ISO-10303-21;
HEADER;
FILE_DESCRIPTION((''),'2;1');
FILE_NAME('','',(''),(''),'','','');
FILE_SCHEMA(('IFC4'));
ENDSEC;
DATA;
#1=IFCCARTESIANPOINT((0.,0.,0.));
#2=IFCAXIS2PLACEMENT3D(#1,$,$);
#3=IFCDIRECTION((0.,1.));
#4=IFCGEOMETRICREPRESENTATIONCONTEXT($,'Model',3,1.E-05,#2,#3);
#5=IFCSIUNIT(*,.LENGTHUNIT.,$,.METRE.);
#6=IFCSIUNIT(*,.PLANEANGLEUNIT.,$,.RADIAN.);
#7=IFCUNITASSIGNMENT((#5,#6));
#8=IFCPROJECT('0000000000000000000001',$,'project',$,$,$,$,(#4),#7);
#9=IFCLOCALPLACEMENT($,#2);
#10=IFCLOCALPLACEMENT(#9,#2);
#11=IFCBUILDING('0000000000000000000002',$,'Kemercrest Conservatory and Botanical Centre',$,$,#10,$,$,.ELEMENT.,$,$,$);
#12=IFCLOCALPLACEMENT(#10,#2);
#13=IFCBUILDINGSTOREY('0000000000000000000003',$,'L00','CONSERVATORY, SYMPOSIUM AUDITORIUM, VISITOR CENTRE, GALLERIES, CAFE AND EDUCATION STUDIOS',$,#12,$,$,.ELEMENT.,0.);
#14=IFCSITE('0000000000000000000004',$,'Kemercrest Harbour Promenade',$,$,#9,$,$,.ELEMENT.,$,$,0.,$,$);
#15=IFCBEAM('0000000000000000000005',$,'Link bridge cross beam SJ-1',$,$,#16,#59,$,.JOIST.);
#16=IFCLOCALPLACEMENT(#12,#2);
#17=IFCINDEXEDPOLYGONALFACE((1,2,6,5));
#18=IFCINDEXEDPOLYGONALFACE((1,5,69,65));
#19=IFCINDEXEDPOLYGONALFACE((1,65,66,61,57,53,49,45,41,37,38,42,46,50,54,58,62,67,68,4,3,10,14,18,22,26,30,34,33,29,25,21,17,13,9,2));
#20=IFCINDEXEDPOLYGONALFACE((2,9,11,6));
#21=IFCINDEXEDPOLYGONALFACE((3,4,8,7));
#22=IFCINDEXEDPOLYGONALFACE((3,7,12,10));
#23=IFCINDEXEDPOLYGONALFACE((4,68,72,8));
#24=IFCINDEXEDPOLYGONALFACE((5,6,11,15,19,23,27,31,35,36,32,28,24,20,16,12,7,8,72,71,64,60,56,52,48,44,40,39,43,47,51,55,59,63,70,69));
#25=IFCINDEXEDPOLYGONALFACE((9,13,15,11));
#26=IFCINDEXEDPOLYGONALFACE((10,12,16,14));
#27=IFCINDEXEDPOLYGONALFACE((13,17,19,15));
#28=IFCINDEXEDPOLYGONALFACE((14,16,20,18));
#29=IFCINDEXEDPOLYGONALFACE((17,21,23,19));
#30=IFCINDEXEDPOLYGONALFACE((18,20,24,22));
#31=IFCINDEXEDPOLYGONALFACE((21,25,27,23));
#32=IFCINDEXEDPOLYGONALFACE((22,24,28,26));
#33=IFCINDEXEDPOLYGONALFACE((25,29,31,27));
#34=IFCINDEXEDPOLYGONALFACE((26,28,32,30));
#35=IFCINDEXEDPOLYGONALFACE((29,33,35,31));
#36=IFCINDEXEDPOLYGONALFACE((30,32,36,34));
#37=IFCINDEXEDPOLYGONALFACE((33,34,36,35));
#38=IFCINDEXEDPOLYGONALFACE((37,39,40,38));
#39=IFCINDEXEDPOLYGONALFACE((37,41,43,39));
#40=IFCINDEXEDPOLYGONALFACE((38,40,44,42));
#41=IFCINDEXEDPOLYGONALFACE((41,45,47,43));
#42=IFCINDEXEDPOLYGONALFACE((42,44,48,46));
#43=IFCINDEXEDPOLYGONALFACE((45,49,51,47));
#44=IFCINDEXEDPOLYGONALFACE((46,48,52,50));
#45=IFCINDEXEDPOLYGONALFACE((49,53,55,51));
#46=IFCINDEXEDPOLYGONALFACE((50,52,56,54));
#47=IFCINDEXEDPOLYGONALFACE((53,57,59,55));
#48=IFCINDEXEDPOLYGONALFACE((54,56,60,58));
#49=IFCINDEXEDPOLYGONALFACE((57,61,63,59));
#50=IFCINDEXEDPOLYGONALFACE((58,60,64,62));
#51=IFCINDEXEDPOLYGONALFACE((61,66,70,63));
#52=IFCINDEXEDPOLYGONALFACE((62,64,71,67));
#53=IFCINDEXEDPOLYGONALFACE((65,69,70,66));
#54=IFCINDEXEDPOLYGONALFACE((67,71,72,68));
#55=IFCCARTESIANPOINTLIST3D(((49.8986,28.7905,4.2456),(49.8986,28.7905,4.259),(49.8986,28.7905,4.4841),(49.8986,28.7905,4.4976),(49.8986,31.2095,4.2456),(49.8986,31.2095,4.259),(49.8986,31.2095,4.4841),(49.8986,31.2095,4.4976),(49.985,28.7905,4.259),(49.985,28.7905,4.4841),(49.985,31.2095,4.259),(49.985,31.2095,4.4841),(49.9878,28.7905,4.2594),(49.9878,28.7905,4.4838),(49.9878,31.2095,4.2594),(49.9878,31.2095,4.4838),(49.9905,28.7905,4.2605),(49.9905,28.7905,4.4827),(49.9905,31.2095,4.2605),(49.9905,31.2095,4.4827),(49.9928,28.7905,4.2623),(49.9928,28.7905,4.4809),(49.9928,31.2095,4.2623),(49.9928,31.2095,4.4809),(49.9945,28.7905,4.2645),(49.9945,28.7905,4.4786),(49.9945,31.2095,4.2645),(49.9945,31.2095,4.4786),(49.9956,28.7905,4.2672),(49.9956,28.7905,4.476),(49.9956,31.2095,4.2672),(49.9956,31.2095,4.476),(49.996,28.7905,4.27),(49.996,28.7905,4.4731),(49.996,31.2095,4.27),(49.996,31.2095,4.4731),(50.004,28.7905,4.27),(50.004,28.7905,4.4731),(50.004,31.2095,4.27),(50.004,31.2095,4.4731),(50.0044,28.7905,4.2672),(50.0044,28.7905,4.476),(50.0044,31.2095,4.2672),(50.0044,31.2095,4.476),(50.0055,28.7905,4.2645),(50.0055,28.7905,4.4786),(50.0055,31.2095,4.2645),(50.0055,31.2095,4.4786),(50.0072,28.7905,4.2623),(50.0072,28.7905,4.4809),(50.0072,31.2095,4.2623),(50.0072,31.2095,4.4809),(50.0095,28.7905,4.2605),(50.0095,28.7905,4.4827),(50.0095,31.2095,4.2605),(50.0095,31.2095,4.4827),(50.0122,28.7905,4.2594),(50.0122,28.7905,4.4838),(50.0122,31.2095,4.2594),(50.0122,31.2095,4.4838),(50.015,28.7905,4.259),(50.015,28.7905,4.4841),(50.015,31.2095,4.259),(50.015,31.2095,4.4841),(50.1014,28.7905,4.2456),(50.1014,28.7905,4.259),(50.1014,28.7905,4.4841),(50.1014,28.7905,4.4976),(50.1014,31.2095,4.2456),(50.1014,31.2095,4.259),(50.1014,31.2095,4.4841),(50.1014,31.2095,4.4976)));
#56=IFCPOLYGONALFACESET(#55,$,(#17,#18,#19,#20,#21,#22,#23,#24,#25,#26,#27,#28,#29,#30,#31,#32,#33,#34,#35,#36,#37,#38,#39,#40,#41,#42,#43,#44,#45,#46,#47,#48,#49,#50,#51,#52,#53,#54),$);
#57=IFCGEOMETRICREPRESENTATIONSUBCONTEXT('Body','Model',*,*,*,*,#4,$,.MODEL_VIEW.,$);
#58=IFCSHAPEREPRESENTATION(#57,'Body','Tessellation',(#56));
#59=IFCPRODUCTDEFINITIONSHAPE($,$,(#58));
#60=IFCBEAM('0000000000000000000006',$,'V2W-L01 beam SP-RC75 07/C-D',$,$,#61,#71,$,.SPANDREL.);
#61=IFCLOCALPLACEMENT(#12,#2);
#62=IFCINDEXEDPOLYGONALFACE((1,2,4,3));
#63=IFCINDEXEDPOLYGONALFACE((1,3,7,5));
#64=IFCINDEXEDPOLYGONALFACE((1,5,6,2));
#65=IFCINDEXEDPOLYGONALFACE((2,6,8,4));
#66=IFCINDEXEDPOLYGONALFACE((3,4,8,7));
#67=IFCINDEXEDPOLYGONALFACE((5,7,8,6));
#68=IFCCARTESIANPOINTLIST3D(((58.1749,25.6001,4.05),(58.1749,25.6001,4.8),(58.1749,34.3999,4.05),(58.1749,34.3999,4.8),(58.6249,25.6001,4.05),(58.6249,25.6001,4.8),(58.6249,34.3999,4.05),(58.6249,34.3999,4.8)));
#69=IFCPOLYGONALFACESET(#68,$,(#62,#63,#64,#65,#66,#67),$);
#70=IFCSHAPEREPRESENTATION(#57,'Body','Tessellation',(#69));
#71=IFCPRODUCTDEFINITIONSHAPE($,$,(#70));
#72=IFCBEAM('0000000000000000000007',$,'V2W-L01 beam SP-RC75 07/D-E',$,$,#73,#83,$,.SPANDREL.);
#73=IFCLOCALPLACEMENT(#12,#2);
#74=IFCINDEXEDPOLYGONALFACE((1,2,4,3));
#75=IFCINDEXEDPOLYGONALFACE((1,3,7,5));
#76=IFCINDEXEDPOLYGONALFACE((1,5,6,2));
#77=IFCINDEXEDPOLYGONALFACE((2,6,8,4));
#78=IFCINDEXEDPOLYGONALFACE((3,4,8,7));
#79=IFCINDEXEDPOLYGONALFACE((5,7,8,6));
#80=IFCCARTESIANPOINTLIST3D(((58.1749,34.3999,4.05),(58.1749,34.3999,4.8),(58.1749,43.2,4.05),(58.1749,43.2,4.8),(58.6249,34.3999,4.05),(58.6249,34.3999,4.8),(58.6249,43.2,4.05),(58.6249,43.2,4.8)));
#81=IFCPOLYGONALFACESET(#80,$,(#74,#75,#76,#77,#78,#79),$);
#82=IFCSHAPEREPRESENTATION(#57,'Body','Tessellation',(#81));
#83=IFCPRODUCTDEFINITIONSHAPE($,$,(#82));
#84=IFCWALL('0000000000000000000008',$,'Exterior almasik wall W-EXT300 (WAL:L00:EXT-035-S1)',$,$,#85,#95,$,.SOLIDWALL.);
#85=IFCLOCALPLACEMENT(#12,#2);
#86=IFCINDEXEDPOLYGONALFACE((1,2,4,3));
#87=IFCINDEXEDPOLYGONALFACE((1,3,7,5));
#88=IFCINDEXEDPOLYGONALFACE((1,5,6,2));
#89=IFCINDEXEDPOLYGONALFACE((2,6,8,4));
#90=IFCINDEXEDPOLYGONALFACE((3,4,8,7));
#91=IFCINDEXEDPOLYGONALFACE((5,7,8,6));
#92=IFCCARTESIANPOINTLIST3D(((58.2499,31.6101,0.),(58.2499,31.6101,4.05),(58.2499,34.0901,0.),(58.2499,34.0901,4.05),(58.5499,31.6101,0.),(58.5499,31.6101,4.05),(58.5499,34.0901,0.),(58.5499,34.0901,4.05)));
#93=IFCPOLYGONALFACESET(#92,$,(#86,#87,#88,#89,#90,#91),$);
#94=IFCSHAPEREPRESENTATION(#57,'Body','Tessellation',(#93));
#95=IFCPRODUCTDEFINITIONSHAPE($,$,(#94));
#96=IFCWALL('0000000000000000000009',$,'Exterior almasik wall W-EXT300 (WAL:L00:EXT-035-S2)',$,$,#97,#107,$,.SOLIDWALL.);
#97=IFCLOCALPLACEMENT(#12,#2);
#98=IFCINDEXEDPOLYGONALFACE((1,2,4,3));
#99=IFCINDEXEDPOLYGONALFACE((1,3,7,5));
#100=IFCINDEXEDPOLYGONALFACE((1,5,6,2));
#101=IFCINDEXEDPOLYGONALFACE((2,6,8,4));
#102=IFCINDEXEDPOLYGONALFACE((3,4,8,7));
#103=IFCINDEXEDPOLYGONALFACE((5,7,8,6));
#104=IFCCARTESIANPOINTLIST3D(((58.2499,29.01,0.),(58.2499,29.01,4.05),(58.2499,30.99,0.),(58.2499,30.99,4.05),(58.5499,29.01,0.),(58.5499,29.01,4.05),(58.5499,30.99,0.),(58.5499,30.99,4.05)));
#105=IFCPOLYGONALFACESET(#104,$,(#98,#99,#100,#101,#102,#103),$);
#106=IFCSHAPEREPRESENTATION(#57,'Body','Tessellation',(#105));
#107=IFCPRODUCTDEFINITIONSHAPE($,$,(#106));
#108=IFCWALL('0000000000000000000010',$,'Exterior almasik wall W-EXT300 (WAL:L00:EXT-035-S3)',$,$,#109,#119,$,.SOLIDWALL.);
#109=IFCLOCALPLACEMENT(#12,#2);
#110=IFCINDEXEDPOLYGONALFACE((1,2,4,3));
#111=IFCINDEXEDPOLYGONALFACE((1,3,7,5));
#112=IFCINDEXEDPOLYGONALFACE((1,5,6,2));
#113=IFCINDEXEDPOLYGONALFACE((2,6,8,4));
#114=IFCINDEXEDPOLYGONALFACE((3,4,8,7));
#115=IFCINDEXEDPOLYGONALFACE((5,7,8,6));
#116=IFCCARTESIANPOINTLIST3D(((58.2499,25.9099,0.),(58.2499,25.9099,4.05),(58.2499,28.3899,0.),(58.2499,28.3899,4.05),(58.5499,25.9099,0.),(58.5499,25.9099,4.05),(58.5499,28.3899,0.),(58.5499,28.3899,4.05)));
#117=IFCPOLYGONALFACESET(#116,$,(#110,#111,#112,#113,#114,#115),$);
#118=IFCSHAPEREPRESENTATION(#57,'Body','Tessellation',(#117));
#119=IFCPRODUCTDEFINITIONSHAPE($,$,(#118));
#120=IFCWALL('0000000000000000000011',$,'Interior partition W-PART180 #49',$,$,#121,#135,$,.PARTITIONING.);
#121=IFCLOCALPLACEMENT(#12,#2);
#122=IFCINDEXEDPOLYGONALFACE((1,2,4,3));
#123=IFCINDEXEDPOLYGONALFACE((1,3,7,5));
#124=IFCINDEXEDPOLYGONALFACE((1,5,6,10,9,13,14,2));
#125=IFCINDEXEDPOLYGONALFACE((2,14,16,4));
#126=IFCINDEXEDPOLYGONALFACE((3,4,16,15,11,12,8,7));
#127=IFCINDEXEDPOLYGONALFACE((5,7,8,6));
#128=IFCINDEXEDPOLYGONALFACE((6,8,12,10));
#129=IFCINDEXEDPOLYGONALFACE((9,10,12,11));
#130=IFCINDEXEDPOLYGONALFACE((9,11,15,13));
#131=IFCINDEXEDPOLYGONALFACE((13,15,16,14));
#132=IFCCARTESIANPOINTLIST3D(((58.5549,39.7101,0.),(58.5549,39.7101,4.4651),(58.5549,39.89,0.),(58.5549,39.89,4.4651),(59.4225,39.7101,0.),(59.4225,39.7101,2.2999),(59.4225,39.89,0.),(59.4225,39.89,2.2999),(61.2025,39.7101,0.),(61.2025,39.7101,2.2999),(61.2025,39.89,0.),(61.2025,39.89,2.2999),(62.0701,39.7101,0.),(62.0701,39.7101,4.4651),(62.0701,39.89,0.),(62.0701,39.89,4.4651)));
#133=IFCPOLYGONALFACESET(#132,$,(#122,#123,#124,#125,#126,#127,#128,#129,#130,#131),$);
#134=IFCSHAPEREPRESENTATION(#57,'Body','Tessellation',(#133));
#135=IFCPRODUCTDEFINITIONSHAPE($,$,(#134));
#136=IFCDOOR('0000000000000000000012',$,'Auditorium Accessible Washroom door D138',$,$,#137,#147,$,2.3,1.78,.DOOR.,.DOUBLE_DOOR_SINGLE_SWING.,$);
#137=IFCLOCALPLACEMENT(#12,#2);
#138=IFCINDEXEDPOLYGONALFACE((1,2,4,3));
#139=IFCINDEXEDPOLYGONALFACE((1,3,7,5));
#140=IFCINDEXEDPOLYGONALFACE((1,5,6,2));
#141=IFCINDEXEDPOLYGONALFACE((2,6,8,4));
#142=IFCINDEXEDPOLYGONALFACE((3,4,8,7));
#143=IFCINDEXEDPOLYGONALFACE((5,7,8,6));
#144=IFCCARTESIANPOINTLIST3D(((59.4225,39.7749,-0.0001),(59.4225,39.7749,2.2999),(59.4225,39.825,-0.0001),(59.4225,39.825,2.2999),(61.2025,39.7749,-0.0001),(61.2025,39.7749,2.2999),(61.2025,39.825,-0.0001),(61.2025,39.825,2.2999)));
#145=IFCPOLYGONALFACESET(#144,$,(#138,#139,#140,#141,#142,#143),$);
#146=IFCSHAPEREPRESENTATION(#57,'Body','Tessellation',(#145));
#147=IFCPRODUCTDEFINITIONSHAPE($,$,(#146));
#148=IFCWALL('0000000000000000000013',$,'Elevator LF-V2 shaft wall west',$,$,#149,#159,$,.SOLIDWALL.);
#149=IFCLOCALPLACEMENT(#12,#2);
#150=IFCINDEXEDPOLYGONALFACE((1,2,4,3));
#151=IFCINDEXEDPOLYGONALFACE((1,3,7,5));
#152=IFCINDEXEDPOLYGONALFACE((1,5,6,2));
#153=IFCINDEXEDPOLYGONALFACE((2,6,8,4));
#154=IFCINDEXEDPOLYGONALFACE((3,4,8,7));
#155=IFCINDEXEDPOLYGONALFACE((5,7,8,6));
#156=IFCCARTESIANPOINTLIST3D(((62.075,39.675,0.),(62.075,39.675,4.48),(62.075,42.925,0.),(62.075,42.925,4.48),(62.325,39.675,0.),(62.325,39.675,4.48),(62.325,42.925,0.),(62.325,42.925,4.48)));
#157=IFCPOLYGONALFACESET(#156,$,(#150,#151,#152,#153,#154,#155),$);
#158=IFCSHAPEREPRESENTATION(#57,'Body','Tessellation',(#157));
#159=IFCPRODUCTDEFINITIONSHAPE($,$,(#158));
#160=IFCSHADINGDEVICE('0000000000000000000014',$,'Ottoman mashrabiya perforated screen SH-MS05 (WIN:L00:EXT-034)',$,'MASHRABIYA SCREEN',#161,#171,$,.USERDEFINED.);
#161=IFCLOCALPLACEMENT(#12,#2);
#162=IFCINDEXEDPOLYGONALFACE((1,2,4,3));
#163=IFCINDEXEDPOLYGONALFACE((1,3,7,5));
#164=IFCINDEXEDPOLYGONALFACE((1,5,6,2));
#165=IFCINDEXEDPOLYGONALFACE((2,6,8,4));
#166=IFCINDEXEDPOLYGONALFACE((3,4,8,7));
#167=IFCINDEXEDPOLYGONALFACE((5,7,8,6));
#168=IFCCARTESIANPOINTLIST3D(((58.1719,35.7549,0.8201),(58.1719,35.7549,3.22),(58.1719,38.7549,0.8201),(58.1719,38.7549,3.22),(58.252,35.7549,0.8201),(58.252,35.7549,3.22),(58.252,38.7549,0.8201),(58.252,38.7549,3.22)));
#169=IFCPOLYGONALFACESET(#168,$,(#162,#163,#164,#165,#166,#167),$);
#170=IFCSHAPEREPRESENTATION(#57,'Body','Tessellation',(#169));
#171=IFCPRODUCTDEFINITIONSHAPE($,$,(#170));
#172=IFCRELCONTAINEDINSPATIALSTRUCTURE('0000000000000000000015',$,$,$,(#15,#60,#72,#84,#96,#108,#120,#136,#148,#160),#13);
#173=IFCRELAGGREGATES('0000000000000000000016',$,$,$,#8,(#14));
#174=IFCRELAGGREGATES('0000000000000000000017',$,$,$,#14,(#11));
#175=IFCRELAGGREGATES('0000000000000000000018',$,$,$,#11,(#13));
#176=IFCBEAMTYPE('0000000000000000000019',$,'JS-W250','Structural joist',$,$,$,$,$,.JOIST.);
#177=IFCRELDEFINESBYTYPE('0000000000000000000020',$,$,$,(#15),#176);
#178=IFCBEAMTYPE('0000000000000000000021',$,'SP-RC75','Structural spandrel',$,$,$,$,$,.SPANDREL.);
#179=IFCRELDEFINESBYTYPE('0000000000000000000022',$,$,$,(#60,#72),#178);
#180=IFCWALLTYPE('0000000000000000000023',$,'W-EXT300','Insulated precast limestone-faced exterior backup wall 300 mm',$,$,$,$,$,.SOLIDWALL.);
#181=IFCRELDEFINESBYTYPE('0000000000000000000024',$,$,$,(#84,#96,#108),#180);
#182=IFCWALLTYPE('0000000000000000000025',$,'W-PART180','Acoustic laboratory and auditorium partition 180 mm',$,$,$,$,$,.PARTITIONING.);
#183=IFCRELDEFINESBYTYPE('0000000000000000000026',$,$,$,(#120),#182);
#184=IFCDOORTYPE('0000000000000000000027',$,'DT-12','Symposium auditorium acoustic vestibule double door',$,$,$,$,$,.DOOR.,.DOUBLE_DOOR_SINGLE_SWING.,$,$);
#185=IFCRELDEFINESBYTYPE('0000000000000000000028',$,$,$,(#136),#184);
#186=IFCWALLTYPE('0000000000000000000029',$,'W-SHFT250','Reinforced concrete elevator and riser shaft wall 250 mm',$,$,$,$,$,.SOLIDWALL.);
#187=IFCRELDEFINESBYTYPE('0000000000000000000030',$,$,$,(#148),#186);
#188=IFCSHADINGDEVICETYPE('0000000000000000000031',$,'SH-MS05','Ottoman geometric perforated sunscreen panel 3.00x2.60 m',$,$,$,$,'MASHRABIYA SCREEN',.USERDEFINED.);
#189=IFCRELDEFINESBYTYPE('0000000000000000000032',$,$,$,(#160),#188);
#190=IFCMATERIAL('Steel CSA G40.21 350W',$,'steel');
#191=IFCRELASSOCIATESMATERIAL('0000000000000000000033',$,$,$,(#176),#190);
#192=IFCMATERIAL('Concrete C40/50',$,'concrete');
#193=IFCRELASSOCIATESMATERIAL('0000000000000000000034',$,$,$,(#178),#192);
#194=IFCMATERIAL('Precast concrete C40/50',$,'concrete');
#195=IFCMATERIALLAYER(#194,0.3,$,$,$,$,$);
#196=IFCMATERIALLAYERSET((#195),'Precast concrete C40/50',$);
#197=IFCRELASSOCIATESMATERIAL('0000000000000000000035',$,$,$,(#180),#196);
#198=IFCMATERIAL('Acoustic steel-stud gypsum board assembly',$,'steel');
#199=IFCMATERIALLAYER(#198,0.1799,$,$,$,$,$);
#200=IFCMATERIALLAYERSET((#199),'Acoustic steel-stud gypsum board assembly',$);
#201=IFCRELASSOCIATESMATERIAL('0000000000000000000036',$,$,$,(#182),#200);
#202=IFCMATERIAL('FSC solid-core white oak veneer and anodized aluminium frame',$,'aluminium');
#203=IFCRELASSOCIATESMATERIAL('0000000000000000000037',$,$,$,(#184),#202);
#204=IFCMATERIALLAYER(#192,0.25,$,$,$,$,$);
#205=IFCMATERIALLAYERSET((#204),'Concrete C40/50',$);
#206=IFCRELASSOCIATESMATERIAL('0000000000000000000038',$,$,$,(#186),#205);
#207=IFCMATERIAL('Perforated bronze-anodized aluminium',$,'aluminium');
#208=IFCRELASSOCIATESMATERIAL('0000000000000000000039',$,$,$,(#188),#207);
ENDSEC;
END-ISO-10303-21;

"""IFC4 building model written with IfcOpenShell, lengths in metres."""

from ifc_helpers import new_model, si_unit, direction, frame, frame_2d, origin, origin_2d, place, context, subcontext, project, spatial, rectangle, i_section, extrude, material, layer, layer_set, material_profile, profile_set, type_object, element, fill, save


model = new_model("IFC4")

# Units and contexts
model_context = context("Model", 3, precision=1e-05, world=origin(), true_north=direction((0.0, 1.0)))
body_context = subcontext(model_context, "Body", "Model", "MODEL_VIEW")
ifc_project = project(units=[si_unit("LENGTHUNIT", "METRE"), si_unit("PLANEANGLEUNIT", "RADIAN")], contexts=[model_context])

# Site, building, storey
site_placement = place(None, origin())
site = spatial("IfcSite", under=ifc_project, at=site_placement, Name="Kemercrest Harbour Promenade", CompositionType="ELEMENT", RefElevation=0.0)
building_placement = place(site_placement, origin())
building = spatial("IfcBuilding", under=site, at=building_placement, Name="Kemercrest Conservatory and Botanical Centre", CompositionType="ELEMENT")
storey_placement = place(building_placement, origin())
storey = spatial("IfcBuildingStorey", under=building, at=storey_placement, Name="L00", Description="CONSERVATORY, SYMPOSIUM AUDITORIUM, VISITOR CENTRE, GALLERIES, CAFE AND EDUCATION STUDIOS", CompositionType="ELEMENT", Elevation=0.0)

# Shared definitions
ifc_material_1 = material(Name="Concrete C40/50", Category="concrete")
ifc_material_2 = material(Name="Steel CSA G40.21 350W", Category="steel")

# Beams
ifc_material_profile_1 = material_profile(ifc_material_2, i_section(OverallWidth=0.2029, OverallDepth=0.252, WebThickness=0.0081, FlangeThickness=0.0134, FilletRadius=0.011, at=origin_2d()), Name="W250X58")
ifc_profile_set_1 = profile_set([ifc_material_profile_1], Name="Steel CSA G40.21 350W")
beam_type_1 = type_object("IfcBeamType", Name="JS-W250", Description="Structural joist", PredefinedType="JOIST", material=ifc_profile_set_1)
beam_1_placement = place(storey_placement, frame((50.0, 28.7905, 4.3716), z_axis=(0.0, 1.0, 0.0), x_axis=(-1.0, 0.0, 0.0)))
element("IfcBeam", 1, at=beam_1_placement, inside=storey, type_object=beam_type_1, Name="Link bridge cross beam SJ-1", PredefinedType="JOIST", context=body_context, shape_type="SweptSolid", body=[
    extrude(i_section(OverallWidth=0.2029, OverallDepth=0.252, WebThickness=0.0081, FlangeThickness=0.0134, FilletRadius=0.011, at=origin_2d()), origin(), (0.0, 0.0, 1.0), 2.4189),
])
ifc_material_profile_2 = material_profile(ifc_material_1, rectangle(XDim=0.45, YDim=0.75, at=origin_2d()), Name="RC 450x750")
ifc_profile_set_2 = profile_set([ifc_material_profile_2], Name="Concrete C40/50")
beam_type_2 = type_object("IfcBeamType", Name="SP-RC75", Description="Structural spandrel", PredefinedType="SPANDREL", material=ifc_profile_set_2)
beam_2_placement = place(storey_placement, frame((58.3999, 25.6001, 4.425), z_axis=(0.0, 1.0, 0.0), x_axis=(-1.0, 0.0, 0.0)))
element("IfcBeam", 2, at=beam_2_placement, inside=storey, type_object=beam_type_2, Name="V2W-L01 beam SP-RC75 07/C-D", PredefinedType="SPANDREL", context=body_context, shape_type="SweptSolid", body=[
    extrude(rectangle(XDim=0.45, YDim=0.75, at=origin_2d()), origin(), (0.0, 0.0, 1.0), 8.7998),
])
beam_3_placement = place(storey_placement, frame((58.3999, 34.3999, 4.425), z_axis=(0.0, 1.0, 0.0), x_axis=(-1.0, 0.0, 0.0)))
element("IfcBeam", 3, at=beam_3_placement, inside=storey, type_object=beam_type_2, Name="V2W-L01 beam SP-RC75 07/D-E", PredefinedType="SPANDREL", context=body_context, shape_type="SweptSolid", body=[
    extrude(rectangle(XDim=0.45, YDim=0.75, at=origin_2d()), origin(), (0.0, 0.0, 1.0), 8.8),
])

# Walls
ifc_material_3 = material(Name="Precast concrete C40/50", Category="concrete")
ifc_layer_1 = layer(ifc_material_3, 0.3)
ifc_layer_set_1 = layer_set([ifc_layer_1], Name="Precast concrete C40/50")
wall_type_1 = type_object("IfcWallType", Name="W-EXT300", Description="Insulated precast limestone-faced exterior backup wall 300 mm", PredefinedType="SOLIDWALL", material=ifc_layer_set_1)
wall_1_placement = place(storey_placement, frame((58.3999, 34.0901, 0.0), z_axis=(0.0, 0.0, 1.0), x_axis=(0.0, -1.0, 0.0)))
element("IfcWall", 4, at=wall_1_placement, inside=storey, type_object=wall_type_1, Name="Exterior almasik wall W-EXT300 (WAL:L00:EXT-035-S1)", PredefinedType="SOLIDWALL", context=body_context, shape_type="SweptSolid", body=[
    extrude(rectangle(XDim=2.48, YDim=0.3, at=frame_2d((1.24, 0.0))), origin(), (0.0, 0.0, 1.0), 4.05),
])
wall_2_placement = place(storey_placement, frame((58.3999, 30.99, 0.0), z_axis=(0.0, 0.0, 1.0), x_axis=(0.0, -1.0, 0.0)))
element("IfcWall", 5, at=wall_2_placement, inside=storey, type_object=wall_type_1, Name="Exterior almasik wall W-EXT300 (WAL:L00:EXT-035-S2)", PredefinedType="SOLIDWALL", context=body_context, shape_type="SweptSolid", body=[
    extrude(rectangle(XDim=1.98, YDim=0.3, at=frame_2d((0.99, 0.0))), origin(), (0.0, 0.0, 1.0), 4.05),
])
wall_3_placement = place(storey_placement, frame((58.3999, 28.3899, 0.0), z_axis=(0.0, 0.0, 1.0), x_axis=(0.0, -1.0, 0.0)))
element("IfcWall", 6, at=wall_3_placement, inside=storey, type_object=wall_type_1, Name="Exterior almasik wall W-EXT300 (WAL:L00:EXT-035-S3)", PredefinedType="SOLIDWALL", context=body_context, shape_type="SweptSolid", body=[
    extrude(rectangle(XDim=2.48, YDim=0.3, at=frame_2d((1.24, 0.0))), origin(), (0.0, 0.0, 1.0), 4.05),
])

# Wall, opening, door
ifc_material_4 = material(Name="Acoustic steel-stud gypsum board assembly", Category="steel")
ifc_layer_2 = layer(ifc_material_4, 0.1799)
ifc_layer_set_2 = layer_set([ifc_layer_2], Name="Acoustic steel-stud gypsum board assembly")
wall_type_2 = type_object("IfcWallType", Name="W-PART180", Description="Acoustic laboratory and auditorium partition 180 mm", PredefinedType="PARTITIONING", material=ifc_layer_set_2)
wall_4_placement = place(storey_placement, frame((58.5549, 39.8, 0.0), z_axis=(0.0, 0.0, 1.0), x_axis=(1.0, 0.0, 0.0)))
wall_4 = element("IfcWall", 7, at=wall_4_placement, inside=storey, type_object=wall_type_2, Name="Interior partition W-PART180 #49", PredefinedType="PARTITIONING", context=body_context, shape_type="SweptSolid", body=[
    extrude(rectangle(XDim=3.5151, YDim=0.1799, at=frame_2d((1.7576, 0.0))), origin(), (0.0, 0.0, 1.0), 4.4651),
])
opening_placement = place(wall_4_placement, frame((0.8674, 0.0, 0.0)))
opening = element("IfcOpeningElement", 8, at=opening_placement, cuts=wall_4, PredefinedType="OPENING", context=body_context, shape_type="SweptSolid", body=[
    extrude(rectangle(XDim=1.78, YDim=2.3, at=frame_2d((0.8901, 1.1499))), frame((0.0, 0.1001, 0.0), z_axis=(0.0, -1.0, 0.0), x_axis=(1.0, 0.0, 0.0)), (0.0, 0.0, 1.0), 0.2),
])
ifc_material_5 = material(Name="FSC solid-core white oak veneer and anodized aluminium frame", Category="aluminium")
door_type = type_object("IfcDoorType", Name="DT-12", Description="Symposium auditorium acoustic vestibule double door", OperationType="DOUBLE_DOOR_SINGLE_SWING", PredefinedType="DOOR", material=ifc_material_5)
door_placement = place(opening_placement, origin())
door = element("IfcDoor", 9, at=door_placement, inside=storey, type_object=door_type, Name="Auditorium Accessible Washroom door D138", OperationType="DOUBLE_DOOR_SINGLE_SWING", OverallHeight=2.3, OverallWidth=1.78, PredefinedType="DOOR", context=body_context, shape_type="SweptSolid", body=[
    extrude(rectangle(XDim=1.78, YDim=2.3, at=frame_2d((0.8901, 1.1499))), frame((0.0, 0.0249, 0.0), z_axis=(0.0, -1.0, 0.0), x_axis=(1.0, 0.0, 0.0)), (0.0, 0.0, 1.0), 0.05),
])
fill(opening, door)

# Wall
ifc_layer_3 = layer(ifc_material_1, 0.25)
ifc_layer_set_3 = layer_set([ifc_layer_3], Name="Concrete C40/50")
wall_type_3 = type_object("IfcWallType", Name="W-SHFT250", Description="Reinforced concrete elevator and riser shaft wall 250 mm", PredefinedType="SOLIDWALL", material=ifc_layer_set_3)
wall_5_placement = place(storey_placement, frame((62.2, 39.675, 0.0), z_axis=(0.0, 0.0, 1.0), x_axis=(0.0, 1.0, 0.0)))
element("IfcWall", 10, at=wall_5_placement, inside=storey, type_object=wall_type_3, Name="Elevator LF-V2 shaft wall west", PredefinedType="SOLIDWALL", context=body_context, shape_type="SweptSolid", body=[
    extrude(rectangle(XDim=3.25, YDim=0.25, at=frame_2d((1.625, 0.0))), origin(), (0.0, 0.0, 1.0), 4.48),
])

# Shading device
ifc_material_6 = material(Name="Perforated bronze-anodized aluminium", Category="aluminium")
shading_device_type = type_object("IfcShadingDeviceType", Name="SH-MS05", Description="Ottoman geometric perforated sunscreen panel 3.00x2.60 m", ElementType="MASHRABIYA SCREEN", PredefinedType="USERDEFINED", material=ifc_material_6)
shading_device_placement = place(storey_placement, frame((58.2119, 37.2549, 0.8201), z_axis=(0.0, 0.0, 1.0), x_axis=(0.0, -1.0, 0.0)))
element("IfcShadingDevice", 11, at=shading_device_placement, inside=storey, type_object=shading_device_type, Name="Ottoman mashrabiya perforated screen SH-MS05 (WIN:L00:EXT-034)", ObjectType="MASHRABIYA SCREEN", PredefinedType="USERDEFINED", context=body_context, shape_type="SweptSolid", body=[
    extrude(rectangle(XDim=3.0, YDim=0.0801, at=origin_2d()), origin(), (0.0, 0.0, 1.0), 2.3999),
])

save(model, "model.ifc")
